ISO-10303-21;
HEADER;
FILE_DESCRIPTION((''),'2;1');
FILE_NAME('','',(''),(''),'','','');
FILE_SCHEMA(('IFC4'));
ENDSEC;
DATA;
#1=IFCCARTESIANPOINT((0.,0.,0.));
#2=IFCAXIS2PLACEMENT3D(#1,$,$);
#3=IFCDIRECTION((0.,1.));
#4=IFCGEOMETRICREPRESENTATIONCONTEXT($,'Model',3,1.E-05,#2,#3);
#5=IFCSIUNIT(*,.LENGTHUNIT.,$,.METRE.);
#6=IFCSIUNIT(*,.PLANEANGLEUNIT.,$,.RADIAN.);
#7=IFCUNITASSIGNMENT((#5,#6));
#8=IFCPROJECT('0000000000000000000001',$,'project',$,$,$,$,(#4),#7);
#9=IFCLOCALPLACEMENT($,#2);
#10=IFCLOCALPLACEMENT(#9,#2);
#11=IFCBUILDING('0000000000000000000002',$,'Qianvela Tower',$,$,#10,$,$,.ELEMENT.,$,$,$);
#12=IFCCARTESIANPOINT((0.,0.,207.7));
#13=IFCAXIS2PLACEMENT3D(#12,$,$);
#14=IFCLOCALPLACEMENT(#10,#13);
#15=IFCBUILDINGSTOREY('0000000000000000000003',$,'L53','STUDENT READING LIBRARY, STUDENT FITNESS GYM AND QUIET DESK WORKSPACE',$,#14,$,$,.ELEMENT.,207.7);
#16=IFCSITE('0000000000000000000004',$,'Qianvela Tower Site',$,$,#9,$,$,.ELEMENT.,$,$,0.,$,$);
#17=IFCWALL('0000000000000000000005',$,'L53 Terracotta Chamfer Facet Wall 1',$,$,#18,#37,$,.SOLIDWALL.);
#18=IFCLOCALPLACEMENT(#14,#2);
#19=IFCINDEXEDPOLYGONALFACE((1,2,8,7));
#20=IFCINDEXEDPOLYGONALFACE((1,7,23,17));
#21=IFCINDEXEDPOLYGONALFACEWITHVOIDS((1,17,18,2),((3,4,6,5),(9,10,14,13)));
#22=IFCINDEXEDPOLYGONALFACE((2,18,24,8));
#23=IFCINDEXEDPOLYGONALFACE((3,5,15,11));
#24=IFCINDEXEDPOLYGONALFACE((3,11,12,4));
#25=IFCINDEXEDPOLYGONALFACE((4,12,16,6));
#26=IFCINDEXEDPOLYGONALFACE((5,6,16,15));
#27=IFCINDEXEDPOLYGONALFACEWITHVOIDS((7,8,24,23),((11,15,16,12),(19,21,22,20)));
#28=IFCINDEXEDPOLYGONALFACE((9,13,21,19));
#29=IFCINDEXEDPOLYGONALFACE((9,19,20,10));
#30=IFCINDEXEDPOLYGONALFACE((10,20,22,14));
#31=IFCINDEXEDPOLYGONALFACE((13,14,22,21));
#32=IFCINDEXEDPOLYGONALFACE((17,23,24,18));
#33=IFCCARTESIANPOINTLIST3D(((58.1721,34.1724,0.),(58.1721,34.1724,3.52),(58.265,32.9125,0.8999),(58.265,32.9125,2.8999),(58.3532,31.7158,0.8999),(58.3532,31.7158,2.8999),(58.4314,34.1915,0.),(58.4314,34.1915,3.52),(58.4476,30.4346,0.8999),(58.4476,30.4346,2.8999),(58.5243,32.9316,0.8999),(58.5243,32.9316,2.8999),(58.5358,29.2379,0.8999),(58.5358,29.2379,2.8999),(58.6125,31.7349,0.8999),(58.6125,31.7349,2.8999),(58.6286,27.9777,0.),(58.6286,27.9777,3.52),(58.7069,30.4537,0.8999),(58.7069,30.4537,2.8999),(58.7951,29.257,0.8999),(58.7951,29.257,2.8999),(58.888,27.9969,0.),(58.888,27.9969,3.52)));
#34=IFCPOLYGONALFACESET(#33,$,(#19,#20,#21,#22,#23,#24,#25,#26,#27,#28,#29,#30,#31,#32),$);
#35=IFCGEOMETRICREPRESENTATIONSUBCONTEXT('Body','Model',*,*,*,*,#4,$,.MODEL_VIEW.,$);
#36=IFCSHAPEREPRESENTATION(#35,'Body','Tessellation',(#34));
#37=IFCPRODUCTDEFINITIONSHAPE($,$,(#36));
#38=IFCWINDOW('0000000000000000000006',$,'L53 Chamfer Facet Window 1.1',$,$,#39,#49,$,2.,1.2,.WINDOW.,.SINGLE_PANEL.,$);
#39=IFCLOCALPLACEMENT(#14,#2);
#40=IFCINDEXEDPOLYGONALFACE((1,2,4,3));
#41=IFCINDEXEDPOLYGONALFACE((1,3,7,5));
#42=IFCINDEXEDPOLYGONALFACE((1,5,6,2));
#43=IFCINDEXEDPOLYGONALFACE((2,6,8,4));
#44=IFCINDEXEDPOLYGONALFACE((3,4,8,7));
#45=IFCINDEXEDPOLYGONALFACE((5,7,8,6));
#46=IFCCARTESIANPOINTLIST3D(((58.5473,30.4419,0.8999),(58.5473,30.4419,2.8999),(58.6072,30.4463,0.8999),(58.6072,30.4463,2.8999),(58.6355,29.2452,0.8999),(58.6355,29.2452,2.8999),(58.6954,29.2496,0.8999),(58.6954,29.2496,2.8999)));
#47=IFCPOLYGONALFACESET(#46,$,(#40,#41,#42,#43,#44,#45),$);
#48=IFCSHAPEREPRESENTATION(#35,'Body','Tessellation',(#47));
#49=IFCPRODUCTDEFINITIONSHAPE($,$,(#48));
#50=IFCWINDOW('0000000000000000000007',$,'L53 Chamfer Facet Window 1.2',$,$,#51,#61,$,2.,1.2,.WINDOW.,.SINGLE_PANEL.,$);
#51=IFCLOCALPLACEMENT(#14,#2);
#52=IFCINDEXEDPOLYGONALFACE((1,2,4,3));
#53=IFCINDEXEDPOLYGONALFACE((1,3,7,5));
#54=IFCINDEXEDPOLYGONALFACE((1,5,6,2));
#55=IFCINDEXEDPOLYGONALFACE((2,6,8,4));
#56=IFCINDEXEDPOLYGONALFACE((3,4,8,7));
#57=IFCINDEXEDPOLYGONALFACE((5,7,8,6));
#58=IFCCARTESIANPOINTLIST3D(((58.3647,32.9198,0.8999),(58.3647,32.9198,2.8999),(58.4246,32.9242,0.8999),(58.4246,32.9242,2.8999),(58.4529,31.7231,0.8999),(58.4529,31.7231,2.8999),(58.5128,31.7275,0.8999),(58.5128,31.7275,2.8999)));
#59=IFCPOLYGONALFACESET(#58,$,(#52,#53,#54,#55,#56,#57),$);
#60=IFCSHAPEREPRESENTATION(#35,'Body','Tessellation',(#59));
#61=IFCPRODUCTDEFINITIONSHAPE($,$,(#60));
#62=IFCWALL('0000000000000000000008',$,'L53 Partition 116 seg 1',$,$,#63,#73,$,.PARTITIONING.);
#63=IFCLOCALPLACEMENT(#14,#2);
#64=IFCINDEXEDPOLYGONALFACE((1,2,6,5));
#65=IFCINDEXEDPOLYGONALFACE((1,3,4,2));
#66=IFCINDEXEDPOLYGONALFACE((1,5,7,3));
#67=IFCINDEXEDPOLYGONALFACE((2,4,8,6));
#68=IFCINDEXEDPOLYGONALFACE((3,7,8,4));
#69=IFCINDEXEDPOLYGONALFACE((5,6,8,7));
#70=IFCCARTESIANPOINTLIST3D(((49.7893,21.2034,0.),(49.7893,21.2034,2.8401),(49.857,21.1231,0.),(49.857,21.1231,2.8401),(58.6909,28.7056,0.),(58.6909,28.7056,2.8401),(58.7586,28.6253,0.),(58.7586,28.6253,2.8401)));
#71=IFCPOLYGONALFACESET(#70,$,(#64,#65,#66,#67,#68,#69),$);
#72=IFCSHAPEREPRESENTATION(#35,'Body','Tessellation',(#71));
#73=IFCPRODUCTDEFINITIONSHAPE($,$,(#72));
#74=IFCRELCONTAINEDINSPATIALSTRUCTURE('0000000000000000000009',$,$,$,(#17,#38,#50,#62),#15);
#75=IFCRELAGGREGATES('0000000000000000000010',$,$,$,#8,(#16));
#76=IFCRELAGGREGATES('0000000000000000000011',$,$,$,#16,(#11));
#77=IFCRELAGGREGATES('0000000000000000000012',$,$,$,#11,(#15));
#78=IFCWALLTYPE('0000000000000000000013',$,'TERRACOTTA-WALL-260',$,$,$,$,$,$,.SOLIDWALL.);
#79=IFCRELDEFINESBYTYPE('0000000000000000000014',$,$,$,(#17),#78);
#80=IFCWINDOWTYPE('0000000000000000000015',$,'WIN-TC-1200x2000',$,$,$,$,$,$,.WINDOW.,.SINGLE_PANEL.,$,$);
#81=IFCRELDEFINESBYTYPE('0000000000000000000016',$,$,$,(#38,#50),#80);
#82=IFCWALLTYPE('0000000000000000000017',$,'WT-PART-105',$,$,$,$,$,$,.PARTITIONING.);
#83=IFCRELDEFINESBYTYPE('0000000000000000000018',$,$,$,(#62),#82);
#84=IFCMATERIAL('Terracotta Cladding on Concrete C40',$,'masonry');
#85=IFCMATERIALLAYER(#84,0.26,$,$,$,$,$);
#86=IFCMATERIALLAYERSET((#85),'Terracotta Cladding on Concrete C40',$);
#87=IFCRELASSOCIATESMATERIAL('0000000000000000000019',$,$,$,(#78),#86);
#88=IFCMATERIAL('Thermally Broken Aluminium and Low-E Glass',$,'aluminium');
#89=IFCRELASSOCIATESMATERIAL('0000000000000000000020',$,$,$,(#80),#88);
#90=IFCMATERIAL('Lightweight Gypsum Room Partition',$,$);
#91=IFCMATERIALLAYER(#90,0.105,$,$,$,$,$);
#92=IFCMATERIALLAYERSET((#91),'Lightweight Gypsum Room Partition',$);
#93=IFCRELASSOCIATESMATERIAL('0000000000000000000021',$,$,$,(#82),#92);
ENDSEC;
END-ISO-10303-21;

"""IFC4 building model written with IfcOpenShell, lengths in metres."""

from ifc_helpers import new_model, si_unit, direction, frame, frame_2d, origin, place, context, subcontext, project, spatial, rectangle, extrude, material, layer, layer_set, type_object, element, fill, save


model = new_model("IFC4")

# Units and contexts
model_context = context("Model", 3, precision=1e-05, world=origin(), true_north=direction((0.0, 1.0)))
body_context = subcontext(model_context, "Body", "Model", "MODEL_VIEW")
ifc_project = project(units=[si_unit("LENGTHUNIT", "METRE"), si_unit("PLANEANGLEUNIT", "RADIAN")], contexts=[model_context])

# Site, building, storey
site_placement = place(None, origin())
site = spatial("IfcSite", under=ifc_project, at=site_placement, Name="Qianvela Tower Site", CompositionType="ELEMENT", RefElevation=0.0)
building_placement = place(site_placement, origin())
building = spatial("IfcBuilding", under=site, at=building_placement, Name="Qianvela Tower", CompositionType="ELEMENT")
storey_placement = place(building_placement, frame((0.0, 0.0, 207.7)))
storey = spatial("IfcBuildingStorey", under=building, at=storey_placement, Name="L53", Description="STUDENT READING LIBRARY, STUDENT FITNESS GYM AND QUIET DESK WORKSPACE", CompositionType="ELEMENT", Elevation=207.7)

# Wall, openings, windows
ifc_material_1 = material(Name="Terracotta Cladding on Concrete C40", Category="masonry")
ifc_layer_1 = layer(ifc_material_1, 0.26)
ifc_layer_set_1 = layer_set([ifc_layer_1], Name="Terracotta Cladding on Concrete C40")
wall_type_1 = type_object("IfcWallType", Name="TERRACOTTA-WALL-260", PredefinedType="SOLIDWALL", material=ifc_layer_set_1)
wall_1_placement = place(storey_placement, frame((58.7583, 27.9873, 0.0), z_axis=(0.0, 0.0, 1.0), x_axis=(-0.073501, 0.997295, 0.0)))
wall_1 = element("IfcWall", 1, at=wall_1_placement, inside=storey, type_object=wall_type_1, Name="L53 Terracotta Chamfer Facet Wall 1", PredefinedType="SOLIDWALL", context=body_context, shape_type="SweptSolid", body=[
    extrude(rectangle(XDim=6.2114, YDim=0.26, at=frame_2d((3.1057, 0.0))), origin(), (0.0, 0.0, 1.0), 3.52),
])
opening_1_placement = place(wall_1_placement, frame((1.2634, 0.0, 0.8999)))
opening_1 = element("IfcOpeningElement", 2, at=opening_1_placement, cuts=wall_1, PredefinedType="OPENING", context=body_context, shape_type="SweptSolid", body=[
    extrude(rectangle(XDim=1.2, YDim=2.0, at=frame_2d((0.6001, 1.0))), frame((0.0, 0.1399, 0.0), z_axis=(0.0, -1.0, 0.0), x_axis=(1.0, 0.0, 0.0)), (0.0, 0.0, 1.0), 0.28),
])
opening_2_placement = place(wall_1_placement, frame((3.748, 0.0, 0.8999)))
opening_2 = element("IfcOpeningElement", 3, at=opening_2_placement, cuts=wall_1, PredefinedType="OPENING", context=body_context, shape_type="SweptSolid", body=[
    extrude(rectangle(XDim=1.2, YDim=2.0, at=frame_2d((0.6001, 1.0))), frame((0.0, 0.1399, 0.0), z_axis=(0.0, -1.0, 0.0), x_axis=(1.0, 0.0, 0.0)), (0.0, 0.0, 1.0), 0.28),
])
ifc_material_2 = material(Name="Thermally Broken Aluminium and Low-E Glass", Category="aluminium")
window_type = type_object("IfcWindowType", Name="WIN-TC-1200x2000", PartitioningType="SINGLE_PANEL", PredefinedType="WINDOW", material=ifc_material_2)
window_1_placement = place(opening_1_placement, origin())
window_1 = element("IfcWindow", 4, at=window_1_placement, inside=storey, type_object=window_type, Name="L53 Chamfer Facet Window 1.1", OverallHeight=2.0, OverallWidth=1.2, PartitioningType="SINGLE_PANEL", PredefinedType="WINDOW", context=body_context, shape_type="SweptSolid", body=[
    extrude(rectangle(XDim=1.2, YDim=2.0, at=frame_2d((0.6001, 1.0))), frame((0.0, 0.03, 0.0), z_axis=(0.0, -1.0, 0.0), x_axis=(1.0, 0.0, 0.0)), (0.0, 0.0, 1.0), 0.0601),
])
fill(opening_1, window_1)
window_2_placement = place(opening_2_placement, origin())
window_2 = element("IfcWindow", 5, at=window_2_placement, inside=storey, type_object=window_type, Name="L53 Chamfer Facet Window 1.2", OverallHeight=2.0, OverallWidth=1.2, PartitioningType="SINGLE_PANEL", PredefinedType="WINDOW", context=body_context, shape_type="SweptSolid", body=[
    extrude(rectangle(XDim=1.2, YDim=2.0, at=frame_2d((0.6001, 1.0))), frame((0.0, 0.03, 0.0), z_axis=(0.0, -1.0, 0.0), x_axis=(1.0, 0.0, 0.0)), (0.0, 0.0, 1.0), 0.0601),
])
fill(opening_2, window_2)

# Wall
ifc_material_3 = material(Name="Lightweight Gypsum Room Partition")
ifc_layer_2 = layer(ifc_material_3, 0.105)
ifc_layer_set_2 = layer_set([ifc_layer_2], Name="Lightweight Gypsum Room Partition")
wall_type_2 = type_object("IfcWallType", Name="WT-PART-105", PredefinedType="PARTITIONING", material=ifc_layer_set_2)
wall_2_placement = place(storey_placement, frame((58.7249, 28.6655, 0.0), z_axis=(0.0, 0.0, 1.0), x_axis=(-0.764653, -0.644442, 0.0)))
element("IfcWall", 6, at=wall_2_placement, inside=storey, type_object=wall_type_2, Name="L53 Partition 116 seg 1", PredefinedType="PARTITIONING", context=body_context, shape_type="SweptSolid", body=[
    extrude(rectangle(XDim=11.6414, YDim=0.105, at=frame_2d((5.8208, 0.0))), origin(), (0.0, 0.0, 1.0), 2.8401),
])

save(model, "model.ifc")
